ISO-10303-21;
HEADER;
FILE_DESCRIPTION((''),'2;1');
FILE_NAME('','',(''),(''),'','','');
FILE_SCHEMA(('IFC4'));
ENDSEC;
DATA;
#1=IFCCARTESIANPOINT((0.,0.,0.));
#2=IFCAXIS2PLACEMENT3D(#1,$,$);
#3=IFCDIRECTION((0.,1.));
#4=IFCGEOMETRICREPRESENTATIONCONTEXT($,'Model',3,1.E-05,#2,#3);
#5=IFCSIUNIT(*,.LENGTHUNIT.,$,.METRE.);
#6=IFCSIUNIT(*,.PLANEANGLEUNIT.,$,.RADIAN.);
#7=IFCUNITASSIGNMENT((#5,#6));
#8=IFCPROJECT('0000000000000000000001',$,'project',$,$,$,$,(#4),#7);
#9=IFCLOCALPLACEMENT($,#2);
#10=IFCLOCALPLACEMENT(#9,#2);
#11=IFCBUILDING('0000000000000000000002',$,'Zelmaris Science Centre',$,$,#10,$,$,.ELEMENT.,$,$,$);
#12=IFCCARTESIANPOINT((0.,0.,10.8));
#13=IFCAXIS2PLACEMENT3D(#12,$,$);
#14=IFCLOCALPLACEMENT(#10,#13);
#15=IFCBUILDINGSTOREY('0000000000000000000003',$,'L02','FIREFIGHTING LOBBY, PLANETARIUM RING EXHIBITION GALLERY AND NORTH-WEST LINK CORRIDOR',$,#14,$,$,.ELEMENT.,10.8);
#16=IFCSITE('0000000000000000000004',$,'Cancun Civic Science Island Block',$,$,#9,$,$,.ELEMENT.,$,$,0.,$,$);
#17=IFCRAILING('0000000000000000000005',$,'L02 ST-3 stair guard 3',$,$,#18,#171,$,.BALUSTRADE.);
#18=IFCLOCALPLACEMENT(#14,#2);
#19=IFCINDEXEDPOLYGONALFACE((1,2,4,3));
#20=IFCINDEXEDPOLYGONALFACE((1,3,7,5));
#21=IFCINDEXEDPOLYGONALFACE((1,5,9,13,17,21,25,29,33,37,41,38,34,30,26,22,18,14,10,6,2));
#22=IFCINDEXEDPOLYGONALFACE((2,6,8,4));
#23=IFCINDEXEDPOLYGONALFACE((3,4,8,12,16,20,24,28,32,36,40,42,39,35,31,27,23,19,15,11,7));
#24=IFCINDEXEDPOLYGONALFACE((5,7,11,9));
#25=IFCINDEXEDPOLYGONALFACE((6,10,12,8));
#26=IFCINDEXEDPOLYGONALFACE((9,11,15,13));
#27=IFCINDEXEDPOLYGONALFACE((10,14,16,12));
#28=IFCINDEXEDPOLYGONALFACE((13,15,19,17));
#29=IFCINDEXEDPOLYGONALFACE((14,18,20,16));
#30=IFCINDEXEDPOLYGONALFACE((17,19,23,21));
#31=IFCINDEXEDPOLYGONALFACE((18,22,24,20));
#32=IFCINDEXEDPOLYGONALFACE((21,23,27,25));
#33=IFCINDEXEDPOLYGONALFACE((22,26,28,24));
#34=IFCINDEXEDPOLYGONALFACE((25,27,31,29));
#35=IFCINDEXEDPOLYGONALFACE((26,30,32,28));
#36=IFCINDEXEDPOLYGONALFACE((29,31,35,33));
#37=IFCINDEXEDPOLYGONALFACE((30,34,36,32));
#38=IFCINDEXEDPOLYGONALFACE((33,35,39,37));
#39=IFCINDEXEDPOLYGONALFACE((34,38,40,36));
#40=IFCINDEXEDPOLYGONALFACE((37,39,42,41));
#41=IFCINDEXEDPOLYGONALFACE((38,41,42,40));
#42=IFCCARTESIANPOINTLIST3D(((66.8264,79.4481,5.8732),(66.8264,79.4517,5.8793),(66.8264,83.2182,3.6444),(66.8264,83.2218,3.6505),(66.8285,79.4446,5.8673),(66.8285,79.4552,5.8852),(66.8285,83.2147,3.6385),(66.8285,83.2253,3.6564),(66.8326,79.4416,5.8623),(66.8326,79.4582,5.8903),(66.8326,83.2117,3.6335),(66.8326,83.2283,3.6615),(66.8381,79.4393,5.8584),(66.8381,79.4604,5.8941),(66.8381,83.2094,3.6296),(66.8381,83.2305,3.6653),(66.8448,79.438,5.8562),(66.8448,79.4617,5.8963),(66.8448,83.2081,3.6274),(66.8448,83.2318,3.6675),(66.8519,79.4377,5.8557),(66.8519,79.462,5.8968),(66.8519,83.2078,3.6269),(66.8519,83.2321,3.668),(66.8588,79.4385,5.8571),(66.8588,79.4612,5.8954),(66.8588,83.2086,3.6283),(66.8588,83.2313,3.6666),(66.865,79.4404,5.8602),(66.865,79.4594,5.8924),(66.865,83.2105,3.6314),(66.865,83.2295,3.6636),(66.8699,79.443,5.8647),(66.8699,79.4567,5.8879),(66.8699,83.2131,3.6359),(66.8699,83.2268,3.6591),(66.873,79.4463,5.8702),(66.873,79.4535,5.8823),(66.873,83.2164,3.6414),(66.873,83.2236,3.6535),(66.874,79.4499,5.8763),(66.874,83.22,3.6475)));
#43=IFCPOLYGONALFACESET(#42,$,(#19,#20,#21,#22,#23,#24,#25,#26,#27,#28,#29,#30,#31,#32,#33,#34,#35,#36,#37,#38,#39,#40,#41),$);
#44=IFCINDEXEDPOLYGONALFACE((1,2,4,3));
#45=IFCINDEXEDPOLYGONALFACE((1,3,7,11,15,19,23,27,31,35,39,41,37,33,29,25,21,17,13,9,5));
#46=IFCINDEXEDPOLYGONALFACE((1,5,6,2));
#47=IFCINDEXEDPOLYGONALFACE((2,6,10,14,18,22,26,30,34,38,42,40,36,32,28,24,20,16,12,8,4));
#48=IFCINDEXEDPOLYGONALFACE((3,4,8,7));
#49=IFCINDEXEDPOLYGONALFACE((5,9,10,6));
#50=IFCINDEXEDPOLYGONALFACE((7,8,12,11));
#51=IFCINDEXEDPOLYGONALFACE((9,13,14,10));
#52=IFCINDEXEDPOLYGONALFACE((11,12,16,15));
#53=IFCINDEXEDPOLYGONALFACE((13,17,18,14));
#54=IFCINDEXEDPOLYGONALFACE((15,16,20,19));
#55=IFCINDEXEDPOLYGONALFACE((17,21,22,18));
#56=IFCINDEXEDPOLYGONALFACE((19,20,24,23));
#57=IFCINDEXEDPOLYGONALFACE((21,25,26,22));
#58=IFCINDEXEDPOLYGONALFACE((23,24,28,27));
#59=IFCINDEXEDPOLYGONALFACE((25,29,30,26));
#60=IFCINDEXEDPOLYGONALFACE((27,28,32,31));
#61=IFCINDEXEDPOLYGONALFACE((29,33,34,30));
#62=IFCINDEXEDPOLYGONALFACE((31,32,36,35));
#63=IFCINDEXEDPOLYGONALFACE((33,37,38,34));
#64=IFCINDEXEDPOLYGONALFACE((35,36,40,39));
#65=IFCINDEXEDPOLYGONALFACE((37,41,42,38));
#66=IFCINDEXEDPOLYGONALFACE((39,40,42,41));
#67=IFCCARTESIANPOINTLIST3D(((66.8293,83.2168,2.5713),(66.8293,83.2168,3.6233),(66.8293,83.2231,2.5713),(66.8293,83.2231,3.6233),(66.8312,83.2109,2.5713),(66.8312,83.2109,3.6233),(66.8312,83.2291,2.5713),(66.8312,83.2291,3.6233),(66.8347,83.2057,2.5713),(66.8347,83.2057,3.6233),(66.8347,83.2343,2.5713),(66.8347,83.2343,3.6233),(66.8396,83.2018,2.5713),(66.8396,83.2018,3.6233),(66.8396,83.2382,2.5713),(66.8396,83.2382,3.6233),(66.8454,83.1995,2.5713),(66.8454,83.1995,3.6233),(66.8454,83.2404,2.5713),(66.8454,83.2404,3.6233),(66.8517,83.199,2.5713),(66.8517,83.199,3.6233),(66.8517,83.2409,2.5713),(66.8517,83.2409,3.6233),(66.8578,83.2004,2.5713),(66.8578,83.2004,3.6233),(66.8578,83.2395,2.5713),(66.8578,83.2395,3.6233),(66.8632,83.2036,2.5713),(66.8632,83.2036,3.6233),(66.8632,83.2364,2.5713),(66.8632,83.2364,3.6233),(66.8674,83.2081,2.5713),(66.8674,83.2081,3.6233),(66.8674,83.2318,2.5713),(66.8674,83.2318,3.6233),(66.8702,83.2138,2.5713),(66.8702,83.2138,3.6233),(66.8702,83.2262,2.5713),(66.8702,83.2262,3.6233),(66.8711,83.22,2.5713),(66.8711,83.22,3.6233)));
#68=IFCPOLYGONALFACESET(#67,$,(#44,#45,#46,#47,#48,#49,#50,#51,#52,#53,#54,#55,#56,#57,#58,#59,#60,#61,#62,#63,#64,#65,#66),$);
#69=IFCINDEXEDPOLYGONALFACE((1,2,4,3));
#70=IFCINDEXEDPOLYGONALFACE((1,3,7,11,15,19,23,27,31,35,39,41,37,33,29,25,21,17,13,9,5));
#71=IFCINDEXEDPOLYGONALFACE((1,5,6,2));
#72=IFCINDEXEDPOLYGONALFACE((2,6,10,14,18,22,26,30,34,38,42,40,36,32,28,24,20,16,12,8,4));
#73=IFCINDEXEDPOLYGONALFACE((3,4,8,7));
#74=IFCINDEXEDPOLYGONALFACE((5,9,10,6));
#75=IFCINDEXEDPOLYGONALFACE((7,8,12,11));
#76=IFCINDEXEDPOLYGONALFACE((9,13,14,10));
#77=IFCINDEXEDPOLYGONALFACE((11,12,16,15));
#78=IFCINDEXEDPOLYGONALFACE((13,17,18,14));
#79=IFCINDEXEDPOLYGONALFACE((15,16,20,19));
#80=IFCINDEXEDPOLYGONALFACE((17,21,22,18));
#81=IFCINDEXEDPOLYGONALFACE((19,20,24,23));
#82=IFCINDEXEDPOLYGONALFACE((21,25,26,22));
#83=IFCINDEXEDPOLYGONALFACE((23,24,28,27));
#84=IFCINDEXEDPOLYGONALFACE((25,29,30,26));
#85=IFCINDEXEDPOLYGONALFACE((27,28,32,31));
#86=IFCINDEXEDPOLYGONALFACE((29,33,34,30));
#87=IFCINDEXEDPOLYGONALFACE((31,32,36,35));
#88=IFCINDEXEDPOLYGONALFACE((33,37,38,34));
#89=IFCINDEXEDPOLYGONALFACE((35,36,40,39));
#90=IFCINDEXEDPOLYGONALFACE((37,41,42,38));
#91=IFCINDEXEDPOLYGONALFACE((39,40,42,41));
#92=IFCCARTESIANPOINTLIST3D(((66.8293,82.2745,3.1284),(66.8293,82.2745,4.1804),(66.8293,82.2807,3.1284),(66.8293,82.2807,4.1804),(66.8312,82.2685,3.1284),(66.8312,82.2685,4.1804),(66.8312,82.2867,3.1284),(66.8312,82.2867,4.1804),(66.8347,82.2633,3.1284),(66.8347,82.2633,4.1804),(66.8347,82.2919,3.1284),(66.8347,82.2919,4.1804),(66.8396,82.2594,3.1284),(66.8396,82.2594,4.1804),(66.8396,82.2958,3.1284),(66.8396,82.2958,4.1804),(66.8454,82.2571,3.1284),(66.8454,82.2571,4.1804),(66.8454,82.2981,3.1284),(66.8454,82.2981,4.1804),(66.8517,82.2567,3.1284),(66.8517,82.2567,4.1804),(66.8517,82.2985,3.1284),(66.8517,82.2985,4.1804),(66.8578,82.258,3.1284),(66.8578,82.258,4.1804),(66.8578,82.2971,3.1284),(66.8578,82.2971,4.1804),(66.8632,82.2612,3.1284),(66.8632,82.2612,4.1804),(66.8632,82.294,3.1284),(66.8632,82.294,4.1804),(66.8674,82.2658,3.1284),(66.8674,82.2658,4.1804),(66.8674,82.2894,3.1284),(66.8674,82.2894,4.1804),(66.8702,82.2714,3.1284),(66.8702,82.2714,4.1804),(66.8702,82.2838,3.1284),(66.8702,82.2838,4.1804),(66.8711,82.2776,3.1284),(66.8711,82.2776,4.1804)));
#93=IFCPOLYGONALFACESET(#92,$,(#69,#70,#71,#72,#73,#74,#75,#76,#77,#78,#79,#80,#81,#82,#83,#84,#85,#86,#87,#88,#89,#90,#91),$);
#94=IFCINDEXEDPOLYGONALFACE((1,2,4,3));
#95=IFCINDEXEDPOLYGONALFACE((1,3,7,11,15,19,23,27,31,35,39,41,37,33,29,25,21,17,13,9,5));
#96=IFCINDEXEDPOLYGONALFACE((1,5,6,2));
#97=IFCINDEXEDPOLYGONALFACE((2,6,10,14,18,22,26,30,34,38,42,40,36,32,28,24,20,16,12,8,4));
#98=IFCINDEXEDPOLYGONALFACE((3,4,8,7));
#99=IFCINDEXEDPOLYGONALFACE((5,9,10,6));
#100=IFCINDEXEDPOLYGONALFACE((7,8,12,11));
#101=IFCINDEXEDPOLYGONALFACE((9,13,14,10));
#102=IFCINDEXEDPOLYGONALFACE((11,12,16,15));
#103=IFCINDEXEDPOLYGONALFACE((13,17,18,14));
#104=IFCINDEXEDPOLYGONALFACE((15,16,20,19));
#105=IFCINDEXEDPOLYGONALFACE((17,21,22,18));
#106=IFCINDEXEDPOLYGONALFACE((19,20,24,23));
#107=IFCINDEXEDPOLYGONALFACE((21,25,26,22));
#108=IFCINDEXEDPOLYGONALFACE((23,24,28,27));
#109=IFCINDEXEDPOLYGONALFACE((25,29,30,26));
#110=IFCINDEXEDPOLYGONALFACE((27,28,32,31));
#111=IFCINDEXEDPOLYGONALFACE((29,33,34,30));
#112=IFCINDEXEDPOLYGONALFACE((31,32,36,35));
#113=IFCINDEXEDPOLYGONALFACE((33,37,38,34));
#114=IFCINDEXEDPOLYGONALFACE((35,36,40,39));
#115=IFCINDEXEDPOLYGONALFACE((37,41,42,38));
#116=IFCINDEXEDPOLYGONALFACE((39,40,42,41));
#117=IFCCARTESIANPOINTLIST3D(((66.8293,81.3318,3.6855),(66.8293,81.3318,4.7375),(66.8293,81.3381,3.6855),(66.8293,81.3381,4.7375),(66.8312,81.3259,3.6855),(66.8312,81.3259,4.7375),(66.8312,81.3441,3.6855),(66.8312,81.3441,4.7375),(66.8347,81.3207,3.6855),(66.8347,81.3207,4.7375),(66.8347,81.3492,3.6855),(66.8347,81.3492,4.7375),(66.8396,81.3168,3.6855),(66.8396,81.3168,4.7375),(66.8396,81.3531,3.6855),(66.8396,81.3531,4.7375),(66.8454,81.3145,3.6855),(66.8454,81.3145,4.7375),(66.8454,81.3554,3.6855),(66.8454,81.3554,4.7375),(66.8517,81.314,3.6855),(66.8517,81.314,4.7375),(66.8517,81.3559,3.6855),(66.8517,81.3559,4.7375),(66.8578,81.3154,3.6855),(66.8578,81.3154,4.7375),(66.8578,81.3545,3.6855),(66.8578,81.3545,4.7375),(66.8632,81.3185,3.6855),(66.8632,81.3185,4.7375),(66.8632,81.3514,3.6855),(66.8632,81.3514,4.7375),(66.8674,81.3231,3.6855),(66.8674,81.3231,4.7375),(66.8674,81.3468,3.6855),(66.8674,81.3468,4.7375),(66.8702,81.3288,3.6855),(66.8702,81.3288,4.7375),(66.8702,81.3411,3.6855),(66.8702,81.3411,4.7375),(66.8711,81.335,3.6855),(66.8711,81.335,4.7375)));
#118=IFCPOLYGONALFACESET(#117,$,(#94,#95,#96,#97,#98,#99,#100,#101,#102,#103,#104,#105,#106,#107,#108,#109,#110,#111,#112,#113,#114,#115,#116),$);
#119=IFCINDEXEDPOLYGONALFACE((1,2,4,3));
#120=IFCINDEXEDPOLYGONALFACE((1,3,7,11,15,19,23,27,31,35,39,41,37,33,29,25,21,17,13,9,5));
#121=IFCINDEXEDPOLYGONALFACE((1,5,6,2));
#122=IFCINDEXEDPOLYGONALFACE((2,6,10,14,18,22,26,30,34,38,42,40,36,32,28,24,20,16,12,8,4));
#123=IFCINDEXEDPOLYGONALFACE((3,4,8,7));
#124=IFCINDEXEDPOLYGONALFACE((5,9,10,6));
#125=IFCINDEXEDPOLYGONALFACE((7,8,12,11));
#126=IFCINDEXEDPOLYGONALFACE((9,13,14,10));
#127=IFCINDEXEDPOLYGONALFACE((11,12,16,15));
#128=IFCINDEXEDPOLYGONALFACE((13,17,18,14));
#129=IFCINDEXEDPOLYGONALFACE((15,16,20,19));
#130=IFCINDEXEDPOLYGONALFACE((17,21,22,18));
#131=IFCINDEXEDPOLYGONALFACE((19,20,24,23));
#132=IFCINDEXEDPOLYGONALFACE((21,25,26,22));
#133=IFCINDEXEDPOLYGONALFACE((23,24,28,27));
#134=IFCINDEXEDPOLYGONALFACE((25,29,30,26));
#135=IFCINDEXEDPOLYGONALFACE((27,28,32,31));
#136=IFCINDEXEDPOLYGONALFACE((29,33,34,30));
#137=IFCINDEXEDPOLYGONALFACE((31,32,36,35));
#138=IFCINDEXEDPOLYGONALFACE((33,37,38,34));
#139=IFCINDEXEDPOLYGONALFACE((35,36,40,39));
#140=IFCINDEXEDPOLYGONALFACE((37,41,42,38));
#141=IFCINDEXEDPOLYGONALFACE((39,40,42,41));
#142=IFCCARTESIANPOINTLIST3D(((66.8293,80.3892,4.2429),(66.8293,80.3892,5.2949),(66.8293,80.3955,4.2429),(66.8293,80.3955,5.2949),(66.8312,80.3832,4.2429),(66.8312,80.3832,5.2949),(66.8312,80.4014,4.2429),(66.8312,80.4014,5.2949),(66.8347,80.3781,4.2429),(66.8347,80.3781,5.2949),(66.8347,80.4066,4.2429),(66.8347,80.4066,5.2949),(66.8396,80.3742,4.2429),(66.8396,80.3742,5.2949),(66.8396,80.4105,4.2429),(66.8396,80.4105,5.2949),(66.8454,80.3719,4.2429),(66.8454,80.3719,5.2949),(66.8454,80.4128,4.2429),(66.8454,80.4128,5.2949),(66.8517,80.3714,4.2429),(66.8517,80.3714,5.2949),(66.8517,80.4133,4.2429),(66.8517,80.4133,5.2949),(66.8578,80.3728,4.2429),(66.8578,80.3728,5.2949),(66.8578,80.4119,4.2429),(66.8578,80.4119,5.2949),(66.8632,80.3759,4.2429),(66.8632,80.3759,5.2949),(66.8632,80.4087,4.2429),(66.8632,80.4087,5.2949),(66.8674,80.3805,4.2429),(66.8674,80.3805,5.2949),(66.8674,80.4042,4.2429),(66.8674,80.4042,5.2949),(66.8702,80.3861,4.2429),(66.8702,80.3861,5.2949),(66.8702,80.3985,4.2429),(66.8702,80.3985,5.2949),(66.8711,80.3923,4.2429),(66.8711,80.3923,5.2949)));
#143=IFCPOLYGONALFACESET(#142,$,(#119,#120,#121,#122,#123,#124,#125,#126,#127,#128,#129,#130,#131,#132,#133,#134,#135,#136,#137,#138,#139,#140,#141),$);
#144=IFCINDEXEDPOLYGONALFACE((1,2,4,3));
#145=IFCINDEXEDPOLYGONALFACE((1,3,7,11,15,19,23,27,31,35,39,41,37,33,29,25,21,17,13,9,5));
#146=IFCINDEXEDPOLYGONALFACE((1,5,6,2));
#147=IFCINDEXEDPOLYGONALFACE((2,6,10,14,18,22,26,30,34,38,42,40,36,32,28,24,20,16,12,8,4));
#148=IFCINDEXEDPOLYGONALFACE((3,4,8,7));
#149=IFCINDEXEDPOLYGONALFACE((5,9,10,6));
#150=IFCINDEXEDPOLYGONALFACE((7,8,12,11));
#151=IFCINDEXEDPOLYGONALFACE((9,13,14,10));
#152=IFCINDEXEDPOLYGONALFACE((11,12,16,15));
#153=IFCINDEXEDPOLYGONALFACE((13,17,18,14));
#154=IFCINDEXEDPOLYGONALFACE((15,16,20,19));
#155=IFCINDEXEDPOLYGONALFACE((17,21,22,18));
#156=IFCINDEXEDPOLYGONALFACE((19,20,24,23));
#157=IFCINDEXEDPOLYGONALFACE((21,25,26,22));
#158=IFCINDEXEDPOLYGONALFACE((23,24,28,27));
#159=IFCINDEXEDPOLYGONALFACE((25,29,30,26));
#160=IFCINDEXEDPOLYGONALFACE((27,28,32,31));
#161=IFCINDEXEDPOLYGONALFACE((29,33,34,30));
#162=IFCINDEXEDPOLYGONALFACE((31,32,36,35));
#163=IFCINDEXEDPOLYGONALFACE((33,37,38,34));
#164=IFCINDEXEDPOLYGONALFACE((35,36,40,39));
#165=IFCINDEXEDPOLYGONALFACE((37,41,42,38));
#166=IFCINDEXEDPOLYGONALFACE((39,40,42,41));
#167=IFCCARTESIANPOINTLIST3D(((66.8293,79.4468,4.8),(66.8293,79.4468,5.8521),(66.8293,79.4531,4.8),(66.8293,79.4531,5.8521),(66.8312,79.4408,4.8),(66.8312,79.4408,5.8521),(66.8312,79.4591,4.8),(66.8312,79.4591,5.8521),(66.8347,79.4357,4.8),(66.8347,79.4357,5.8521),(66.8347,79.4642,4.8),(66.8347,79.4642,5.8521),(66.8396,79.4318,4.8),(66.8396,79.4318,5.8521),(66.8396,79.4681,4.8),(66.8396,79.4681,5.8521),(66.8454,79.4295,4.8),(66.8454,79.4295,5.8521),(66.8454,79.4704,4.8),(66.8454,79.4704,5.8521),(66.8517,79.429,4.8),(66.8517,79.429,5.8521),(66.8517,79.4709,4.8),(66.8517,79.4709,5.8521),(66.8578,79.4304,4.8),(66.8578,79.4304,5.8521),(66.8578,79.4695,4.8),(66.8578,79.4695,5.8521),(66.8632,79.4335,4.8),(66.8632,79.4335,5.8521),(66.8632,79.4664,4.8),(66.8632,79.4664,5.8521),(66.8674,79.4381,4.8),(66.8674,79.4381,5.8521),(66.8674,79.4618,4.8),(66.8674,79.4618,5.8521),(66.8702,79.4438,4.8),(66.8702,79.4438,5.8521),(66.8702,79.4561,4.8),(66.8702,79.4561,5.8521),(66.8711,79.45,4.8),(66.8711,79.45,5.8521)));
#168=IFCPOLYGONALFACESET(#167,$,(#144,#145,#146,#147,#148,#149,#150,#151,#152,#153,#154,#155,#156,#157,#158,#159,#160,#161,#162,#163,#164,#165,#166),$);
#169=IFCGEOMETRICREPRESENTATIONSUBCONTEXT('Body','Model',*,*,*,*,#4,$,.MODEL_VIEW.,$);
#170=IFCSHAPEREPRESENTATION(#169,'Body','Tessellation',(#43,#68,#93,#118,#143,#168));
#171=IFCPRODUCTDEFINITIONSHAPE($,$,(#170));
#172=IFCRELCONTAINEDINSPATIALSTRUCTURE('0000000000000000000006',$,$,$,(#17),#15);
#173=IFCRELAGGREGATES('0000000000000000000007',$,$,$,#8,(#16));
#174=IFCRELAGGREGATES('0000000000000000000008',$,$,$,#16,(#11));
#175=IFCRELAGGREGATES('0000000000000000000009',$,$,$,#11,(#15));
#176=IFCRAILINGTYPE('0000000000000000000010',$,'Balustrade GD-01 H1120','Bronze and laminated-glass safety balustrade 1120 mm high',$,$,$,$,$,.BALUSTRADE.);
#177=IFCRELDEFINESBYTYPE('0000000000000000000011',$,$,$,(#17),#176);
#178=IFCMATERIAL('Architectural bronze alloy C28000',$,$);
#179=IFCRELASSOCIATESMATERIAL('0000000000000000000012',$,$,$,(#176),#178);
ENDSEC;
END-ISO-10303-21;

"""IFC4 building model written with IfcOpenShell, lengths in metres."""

from ifc_helpers import new_model, si_unit, direction, frame, origin, origin_2d, place, context, subcontext, project, spatial, circle, extrude, material, type_object, element, save


model = new_model("IFC4")

# Units and contexts
model_context = context("Model", 3, precision=1e-05, world=origin(), true_north=direction((0.0, 1.0)))
body_context = subcontext(model_context, "Body", "Model", "MODEL_VIEW")
ifc_project = project(units=[si_unit("LENGTHUNIT", "METRE"), si_unit("PLANEANGLEUNIT", "RADIAN")], contexts=[model_context])

# Site, building, storey
site_placement = place(None, origin())
site = spatial("IfcSite", under=ifc_project, at=site_placement, Name="Cancun Civic Science Island Block", CompositionType="ELEMENT", RefElevation=0.0)
building_placement = place(site_placement, origin())
building = spatial("IfcBuilding", under=site, at=building_placement, Name="Zelmaris Science Centre", CompositionType="ELEMENT")
storey_placement = place(building_placement, frame((0.0, 0.0, 10.8)))
storey = spatial("IfcBuildingStorey", under=building, at=storey_placement, Name="L02", Description="FIREFIGHTING LOBBY, PLANETARIUM RING EXHIBITION GALLERY AND NORTH-WEST LINK CORRIDOR", CompositionType="ELEMENT", Elevation=10.8)

# Railing
ifc_material_1 = material(Name="Architectural bronze alloy C28000")
railing_type_1 = type_object("IfcRailingType", Name="Balustrade GD-01 H1120", Description="Bronze and laminated-glass safety balustrade 1120 mm high", PredefinedType="BALUSTRADE", material=ifc_material_1)
railing_1_placement = place(storey_placement, frame((66.8501, 83.22, 2.5713)))
element("IfcRailing", 1, at=railing_1_placement, inside=storey, type_object=railing_type_1, Name="L02 ST-3 stair guard 3", PredefinedType="BALUSTRADE", context=body_context, shape_type="SweptSolid", body=[
    extrude(circle(Radius=0.0239, at=origin_2d()), frame((0.0, 0.0, 1.0762), z_axis=(0.0, -0.860824, 0.508902), x_axis=(1.0, 0.0, 0.0)), (0.0, 0.0, 1.0), 4.3796),
    extrude(circle(Radius=0.021, at=origin_2d()), origin(), (0.0, 0.0, 1.0), 1.052),
    extrude(circle(Radius=0.021, at=origin_2d()), frame((0.0, -0.9424, 0.5571)), (0.0, 0.0, 1.0), 1.052),
    extrude(circle(Radius=0.021, at=origin_2d()), frame((0.0, -1.885, 1.1143)), (0.0, 0.0, 1.0), 1.052),
    extrude(circle(Radius=0.021, at=origin_2d()), frame((0.0, -2.8276, 1.6716)), (0.0, 0.0, 1.0), 1.052),
    extrude(circle(Radius=0.021, at=origin_2d()), frame((0.0, -3.77, 2.2288)), (0.0, 0.0, 1.0), 1.052),
])

save(model, "model.ifc")
